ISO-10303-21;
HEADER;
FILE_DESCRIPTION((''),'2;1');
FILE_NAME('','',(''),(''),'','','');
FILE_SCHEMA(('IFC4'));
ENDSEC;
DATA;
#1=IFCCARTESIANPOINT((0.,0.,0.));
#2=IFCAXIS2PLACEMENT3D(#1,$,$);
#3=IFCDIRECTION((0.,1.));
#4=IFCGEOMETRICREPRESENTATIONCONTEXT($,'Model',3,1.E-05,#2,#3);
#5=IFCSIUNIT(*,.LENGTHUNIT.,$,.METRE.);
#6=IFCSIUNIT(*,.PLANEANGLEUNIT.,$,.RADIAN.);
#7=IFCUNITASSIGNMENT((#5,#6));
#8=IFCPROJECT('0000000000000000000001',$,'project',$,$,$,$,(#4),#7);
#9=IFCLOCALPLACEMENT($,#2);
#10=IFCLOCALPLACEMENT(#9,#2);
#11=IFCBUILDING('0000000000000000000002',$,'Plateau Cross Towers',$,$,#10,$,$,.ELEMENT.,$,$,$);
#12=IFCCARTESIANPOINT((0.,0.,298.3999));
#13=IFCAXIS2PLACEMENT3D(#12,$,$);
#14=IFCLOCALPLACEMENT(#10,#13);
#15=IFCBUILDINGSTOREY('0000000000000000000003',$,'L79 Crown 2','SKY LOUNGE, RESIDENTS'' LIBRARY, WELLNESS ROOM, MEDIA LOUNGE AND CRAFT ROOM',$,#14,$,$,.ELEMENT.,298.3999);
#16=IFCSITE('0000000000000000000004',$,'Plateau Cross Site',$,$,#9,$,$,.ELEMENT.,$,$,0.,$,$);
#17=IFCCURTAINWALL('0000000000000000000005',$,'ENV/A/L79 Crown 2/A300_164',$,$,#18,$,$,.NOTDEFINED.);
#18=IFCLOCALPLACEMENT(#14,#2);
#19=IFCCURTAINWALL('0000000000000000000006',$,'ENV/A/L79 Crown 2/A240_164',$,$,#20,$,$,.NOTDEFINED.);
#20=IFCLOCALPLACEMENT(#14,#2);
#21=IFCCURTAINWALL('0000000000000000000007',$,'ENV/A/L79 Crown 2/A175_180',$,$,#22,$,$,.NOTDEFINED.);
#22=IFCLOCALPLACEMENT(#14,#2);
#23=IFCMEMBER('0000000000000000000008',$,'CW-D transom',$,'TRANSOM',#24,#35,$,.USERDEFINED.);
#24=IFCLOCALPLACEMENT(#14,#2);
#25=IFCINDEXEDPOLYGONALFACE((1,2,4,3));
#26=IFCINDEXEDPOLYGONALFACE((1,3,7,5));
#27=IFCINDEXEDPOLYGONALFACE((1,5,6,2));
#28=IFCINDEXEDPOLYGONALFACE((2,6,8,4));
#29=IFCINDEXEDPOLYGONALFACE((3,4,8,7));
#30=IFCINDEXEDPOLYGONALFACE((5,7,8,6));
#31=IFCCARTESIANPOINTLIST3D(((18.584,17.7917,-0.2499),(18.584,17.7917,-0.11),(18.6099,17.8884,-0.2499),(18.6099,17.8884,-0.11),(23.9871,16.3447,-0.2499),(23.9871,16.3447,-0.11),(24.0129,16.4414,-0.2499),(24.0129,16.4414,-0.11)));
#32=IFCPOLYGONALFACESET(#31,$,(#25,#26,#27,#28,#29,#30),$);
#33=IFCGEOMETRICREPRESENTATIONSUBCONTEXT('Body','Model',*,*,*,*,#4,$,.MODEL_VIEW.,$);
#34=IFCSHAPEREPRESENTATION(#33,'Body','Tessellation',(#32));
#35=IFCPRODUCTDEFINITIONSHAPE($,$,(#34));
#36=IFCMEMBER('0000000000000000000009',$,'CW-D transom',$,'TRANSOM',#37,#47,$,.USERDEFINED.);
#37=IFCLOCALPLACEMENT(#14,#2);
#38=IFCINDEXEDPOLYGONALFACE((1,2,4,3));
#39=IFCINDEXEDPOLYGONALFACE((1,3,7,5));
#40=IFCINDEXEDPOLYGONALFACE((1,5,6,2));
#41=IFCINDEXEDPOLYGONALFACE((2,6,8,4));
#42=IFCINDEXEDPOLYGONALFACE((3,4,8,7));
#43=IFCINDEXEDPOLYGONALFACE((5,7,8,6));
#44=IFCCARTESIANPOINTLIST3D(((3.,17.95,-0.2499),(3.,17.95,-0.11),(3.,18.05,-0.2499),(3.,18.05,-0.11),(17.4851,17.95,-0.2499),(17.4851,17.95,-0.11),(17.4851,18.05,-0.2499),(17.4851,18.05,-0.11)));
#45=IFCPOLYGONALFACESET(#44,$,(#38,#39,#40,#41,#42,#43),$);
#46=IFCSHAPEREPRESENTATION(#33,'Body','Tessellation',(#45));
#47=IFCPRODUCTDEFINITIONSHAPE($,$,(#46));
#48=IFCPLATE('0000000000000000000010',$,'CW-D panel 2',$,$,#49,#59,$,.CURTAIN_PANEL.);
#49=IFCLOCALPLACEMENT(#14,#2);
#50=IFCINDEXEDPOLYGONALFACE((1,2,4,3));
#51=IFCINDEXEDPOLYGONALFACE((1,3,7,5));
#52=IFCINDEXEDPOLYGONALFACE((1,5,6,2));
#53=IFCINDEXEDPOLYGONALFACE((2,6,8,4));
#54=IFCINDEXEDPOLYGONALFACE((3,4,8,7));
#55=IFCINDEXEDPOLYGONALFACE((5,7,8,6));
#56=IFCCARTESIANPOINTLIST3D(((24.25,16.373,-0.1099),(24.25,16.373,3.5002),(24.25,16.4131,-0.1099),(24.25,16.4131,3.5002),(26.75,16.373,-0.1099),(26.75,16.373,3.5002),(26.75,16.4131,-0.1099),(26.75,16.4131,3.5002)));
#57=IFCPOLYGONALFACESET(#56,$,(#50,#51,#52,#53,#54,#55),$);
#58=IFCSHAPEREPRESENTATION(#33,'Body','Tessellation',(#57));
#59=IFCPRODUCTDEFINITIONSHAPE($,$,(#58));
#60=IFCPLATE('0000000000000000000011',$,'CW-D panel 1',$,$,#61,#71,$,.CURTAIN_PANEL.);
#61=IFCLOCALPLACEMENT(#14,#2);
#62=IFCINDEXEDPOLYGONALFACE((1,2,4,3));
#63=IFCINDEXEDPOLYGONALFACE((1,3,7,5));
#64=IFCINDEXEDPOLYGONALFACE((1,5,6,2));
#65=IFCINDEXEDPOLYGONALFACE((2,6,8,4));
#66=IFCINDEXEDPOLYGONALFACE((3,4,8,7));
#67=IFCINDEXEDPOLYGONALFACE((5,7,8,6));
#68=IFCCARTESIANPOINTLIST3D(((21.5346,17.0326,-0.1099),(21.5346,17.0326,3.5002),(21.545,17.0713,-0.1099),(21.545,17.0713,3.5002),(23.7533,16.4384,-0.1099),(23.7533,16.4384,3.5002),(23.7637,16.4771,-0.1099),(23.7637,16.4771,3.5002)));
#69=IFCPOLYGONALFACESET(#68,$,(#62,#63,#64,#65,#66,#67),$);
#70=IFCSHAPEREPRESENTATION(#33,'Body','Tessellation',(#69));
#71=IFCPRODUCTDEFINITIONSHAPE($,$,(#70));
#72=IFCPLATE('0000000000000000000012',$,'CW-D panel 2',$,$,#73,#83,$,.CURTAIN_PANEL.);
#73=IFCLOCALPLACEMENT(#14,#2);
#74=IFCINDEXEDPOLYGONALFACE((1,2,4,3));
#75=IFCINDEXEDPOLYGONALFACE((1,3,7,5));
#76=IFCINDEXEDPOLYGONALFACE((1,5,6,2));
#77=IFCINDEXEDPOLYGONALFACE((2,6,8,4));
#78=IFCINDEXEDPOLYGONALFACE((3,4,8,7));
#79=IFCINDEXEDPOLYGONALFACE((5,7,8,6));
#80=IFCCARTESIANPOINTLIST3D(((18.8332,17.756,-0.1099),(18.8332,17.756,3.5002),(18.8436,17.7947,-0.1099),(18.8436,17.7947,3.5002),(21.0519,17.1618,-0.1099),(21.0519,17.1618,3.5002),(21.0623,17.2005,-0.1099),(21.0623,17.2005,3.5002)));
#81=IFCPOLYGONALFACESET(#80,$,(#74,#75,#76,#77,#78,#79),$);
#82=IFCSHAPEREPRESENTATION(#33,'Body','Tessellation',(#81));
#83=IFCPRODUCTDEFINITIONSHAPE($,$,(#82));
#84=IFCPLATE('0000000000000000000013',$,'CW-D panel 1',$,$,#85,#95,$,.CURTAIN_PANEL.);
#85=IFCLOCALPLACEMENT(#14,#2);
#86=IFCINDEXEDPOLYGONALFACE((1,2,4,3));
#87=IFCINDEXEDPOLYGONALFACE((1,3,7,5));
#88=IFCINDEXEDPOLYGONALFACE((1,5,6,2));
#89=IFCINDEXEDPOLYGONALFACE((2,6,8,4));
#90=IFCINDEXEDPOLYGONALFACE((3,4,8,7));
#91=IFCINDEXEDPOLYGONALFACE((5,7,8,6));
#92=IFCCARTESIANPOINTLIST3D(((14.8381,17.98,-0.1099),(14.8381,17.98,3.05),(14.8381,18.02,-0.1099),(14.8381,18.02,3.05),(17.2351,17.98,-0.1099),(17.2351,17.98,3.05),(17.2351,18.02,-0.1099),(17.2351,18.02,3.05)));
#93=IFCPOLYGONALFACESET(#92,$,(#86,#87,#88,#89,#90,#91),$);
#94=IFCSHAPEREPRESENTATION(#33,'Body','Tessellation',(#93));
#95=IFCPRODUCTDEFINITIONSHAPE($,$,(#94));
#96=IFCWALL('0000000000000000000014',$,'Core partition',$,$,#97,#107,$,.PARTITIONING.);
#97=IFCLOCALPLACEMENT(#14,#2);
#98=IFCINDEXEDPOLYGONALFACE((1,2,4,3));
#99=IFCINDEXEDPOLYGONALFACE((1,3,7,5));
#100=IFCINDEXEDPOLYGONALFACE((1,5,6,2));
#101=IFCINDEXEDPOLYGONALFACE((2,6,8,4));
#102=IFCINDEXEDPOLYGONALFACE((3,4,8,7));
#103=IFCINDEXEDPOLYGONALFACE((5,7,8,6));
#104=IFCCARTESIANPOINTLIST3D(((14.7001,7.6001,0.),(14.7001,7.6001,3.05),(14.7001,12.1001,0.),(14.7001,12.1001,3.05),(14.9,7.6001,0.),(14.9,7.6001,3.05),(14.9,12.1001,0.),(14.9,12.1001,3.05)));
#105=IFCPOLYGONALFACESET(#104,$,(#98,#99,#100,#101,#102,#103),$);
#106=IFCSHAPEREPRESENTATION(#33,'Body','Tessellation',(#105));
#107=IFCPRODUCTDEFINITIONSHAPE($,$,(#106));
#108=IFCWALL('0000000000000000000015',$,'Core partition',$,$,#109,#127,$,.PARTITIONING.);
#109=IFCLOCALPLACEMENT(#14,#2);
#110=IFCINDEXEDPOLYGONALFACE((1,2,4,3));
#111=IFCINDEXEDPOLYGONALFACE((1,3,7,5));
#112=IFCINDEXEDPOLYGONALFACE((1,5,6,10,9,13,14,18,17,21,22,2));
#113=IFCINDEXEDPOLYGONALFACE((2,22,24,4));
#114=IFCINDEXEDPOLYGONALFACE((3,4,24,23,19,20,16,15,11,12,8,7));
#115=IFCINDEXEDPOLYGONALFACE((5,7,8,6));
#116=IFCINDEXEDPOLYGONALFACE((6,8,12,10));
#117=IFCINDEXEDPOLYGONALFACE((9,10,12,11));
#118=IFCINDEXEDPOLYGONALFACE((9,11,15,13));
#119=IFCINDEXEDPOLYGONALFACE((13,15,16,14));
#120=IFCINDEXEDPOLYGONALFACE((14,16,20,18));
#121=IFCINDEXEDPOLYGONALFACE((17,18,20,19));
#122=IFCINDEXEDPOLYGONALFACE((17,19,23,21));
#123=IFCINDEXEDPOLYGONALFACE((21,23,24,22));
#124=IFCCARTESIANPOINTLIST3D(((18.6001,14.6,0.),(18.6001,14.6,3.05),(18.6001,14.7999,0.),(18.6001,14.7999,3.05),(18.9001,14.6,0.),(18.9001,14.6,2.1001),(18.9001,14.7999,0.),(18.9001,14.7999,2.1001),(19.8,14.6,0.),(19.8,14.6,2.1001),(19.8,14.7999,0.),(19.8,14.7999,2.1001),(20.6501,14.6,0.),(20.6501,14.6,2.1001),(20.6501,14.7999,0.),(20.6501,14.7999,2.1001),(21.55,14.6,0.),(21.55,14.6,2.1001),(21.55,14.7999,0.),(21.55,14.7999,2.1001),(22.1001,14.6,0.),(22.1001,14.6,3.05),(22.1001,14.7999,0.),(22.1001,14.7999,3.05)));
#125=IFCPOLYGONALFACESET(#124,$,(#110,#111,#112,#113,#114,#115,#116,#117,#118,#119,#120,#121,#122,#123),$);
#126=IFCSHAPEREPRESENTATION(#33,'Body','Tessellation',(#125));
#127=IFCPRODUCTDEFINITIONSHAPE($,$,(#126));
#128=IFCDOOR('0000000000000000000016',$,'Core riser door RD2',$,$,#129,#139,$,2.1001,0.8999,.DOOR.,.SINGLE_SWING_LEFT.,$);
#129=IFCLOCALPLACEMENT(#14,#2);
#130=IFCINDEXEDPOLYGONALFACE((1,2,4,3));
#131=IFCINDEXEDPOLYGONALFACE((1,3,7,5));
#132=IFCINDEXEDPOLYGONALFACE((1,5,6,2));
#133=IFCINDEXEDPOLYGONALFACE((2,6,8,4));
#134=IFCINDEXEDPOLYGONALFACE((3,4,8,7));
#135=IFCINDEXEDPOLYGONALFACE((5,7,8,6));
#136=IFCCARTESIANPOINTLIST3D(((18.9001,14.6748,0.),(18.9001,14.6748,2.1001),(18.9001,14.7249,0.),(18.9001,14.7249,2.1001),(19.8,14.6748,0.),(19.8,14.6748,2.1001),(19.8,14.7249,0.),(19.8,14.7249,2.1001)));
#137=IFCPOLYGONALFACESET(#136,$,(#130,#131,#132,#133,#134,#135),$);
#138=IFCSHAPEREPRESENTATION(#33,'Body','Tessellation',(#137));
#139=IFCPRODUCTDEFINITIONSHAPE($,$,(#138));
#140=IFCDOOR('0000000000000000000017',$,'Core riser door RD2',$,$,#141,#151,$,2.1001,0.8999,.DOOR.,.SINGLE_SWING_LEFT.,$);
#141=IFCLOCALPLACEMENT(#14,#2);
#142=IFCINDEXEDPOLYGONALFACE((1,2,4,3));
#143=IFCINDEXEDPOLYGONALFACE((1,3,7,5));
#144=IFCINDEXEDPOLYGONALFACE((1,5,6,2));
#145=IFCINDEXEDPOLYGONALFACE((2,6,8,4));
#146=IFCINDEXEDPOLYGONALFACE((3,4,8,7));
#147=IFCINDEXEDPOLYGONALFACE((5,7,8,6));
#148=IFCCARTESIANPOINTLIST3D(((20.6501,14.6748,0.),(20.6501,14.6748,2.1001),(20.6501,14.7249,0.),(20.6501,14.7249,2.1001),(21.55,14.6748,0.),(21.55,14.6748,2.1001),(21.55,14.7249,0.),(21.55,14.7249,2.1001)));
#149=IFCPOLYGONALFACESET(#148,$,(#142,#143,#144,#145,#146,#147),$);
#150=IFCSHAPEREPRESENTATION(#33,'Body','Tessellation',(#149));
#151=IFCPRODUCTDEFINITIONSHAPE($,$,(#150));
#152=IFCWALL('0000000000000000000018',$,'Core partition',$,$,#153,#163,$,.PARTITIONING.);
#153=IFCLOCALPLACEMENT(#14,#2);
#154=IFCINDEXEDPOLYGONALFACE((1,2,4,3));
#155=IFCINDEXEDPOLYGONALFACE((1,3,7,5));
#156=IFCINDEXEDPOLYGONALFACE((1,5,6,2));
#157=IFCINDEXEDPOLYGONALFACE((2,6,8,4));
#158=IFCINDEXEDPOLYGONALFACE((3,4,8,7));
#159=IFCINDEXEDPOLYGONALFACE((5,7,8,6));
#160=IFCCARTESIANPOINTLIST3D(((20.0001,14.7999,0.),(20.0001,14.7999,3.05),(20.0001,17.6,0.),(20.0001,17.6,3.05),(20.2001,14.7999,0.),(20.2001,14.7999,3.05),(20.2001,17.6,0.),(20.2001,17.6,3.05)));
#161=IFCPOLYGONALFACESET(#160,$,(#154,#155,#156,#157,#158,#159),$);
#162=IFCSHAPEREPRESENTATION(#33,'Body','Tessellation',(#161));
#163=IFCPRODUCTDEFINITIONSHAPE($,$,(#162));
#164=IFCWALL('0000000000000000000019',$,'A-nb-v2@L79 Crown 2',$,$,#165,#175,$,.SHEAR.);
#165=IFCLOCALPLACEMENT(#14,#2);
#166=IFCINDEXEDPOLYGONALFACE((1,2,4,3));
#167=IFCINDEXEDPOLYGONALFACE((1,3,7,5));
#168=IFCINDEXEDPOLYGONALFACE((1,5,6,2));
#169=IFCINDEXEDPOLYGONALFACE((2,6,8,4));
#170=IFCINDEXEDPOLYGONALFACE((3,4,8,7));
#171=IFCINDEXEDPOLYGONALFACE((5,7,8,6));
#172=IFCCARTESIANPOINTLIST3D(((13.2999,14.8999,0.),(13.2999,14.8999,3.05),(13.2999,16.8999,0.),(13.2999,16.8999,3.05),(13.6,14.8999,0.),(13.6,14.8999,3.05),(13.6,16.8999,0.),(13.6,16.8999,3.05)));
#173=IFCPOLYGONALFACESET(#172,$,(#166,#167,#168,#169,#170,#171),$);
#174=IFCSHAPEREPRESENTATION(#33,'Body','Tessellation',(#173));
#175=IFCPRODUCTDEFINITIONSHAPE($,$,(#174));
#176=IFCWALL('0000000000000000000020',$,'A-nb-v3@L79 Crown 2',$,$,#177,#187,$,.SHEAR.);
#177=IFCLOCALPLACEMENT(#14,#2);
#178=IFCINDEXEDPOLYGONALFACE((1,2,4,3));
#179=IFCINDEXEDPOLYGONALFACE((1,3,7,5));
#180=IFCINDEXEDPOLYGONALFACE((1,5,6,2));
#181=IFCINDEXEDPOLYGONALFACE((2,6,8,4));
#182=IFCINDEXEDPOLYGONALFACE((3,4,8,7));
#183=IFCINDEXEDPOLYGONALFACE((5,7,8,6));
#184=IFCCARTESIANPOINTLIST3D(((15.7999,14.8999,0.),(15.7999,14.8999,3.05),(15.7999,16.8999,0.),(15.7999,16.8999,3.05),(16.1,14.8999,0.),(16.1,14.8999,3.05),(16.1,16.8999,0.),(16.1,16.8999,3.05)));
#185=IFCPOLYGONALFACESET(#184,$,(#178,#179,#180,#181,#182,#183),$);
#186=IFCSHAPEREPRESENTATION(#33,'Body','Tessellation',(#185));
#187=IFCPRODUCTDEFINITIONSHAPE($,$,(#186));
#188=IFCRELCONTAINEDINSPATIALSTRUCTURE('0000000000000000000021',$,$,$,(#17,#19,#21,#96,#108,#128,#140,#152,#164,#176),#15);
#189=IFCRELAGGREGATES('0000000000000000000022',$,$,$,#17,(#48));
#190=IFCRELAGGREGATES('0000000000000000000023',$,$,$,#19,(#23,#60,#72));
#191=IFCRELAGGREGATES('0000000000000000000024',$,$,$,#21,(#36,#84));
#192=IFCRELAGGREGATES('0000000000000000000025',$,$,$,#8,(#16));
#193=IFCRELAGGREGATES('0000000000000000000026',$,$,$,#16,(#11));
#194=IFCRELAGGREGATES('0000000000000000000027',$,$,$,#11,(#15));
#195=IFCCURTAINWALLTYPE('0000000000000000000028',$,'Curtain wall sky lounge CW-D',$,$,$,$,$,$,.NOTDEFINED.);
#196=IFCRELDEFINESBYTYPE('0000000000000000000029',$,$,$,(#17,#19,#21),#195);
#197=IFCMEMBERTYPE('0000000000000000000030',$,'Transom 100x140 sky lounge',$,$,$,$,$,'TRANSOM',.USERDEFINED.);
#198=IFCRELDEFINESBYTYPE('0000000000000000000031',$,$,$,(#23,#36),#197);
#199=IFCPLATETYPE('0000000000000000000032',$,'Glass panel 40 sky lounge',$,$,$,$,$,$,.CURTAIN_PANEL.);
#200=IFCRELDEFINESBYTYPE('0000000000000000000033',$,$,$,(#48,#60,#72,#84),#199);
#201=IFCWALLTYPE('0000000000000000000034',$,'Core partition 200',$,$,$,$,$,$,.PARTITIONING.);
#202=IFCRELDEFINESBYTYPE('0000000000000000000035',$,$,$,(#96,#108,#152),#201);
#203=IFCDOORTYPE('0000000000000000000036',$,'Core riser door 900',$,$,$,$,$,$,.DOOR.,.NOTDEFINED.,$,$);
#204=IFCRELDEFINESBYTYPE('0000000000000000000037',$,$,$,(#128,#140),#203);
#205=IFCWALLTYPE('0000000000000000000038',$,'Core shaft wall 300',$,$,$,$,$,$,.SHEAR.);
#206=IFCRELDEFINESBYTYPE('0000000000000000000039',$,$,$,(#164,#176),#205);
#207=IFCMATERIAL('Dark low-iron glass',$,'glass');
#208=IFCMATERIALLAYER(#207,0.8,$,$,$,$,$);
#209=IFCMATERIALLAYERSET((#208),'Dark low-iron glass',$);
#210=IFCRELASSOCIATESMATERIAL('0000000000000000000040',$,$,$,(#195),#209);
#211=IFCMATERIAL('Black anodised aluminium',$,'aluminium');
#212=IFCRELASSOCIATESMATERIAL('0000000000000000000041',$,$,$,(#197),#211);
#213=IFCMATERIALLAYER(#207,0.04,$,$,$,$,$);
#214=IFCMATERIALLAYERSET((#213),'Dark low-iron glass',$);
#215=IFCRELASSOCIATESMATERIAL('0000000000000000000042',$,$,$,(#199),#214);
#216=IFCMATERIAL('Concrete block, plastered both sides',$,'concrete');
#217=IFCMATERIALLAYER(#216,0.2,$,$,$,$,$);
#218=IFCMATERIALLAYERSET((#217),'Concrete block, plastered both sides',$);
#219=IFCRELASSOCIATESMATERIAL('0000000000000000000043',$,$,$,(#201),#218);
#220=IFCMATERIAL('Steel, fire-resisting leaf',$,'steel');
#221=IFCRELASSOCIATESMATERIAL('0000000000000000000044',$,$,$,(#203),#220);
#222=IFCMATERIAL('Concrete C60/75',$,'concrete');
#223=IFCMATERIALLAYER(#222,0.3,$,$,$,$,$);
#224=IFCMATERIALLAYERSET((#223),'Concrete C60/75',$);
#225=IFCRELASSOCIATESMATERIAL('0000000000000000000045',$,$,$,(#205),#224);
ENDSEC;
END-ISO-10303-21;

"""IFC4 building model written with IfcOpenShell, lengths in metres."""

from ifc_helpers import new_model, si_unit, direction, frame, frame_2d, origin, origin_2d, place, context, subcontext, project, spatial, rectangle, extrude, material, layer, layer_set, material_profile, profile_set, type_object, element, fill, aggregate, save


model = new_model("IFC4")

# Units and contexts
model_context = context("Model", 3, precision=1e-05, world=origin(), true_north=direction((0.0, 1.0)))
body_context = subcontext(model_context, "Body", "Model", "MODEL_VIEW")
ifc_project = project(units=[si_unit("LENGTHUNIT", "METRE"), si_unit("PLANEANGLEUNIT", "RADIAN")], contexts=[model_context])

# Site, building, storey
site_placement = place(None, origin())
site = spatial("IfcSite", under=ifc_project, at=site_placement, Name="Plateau Cross Site", CompositionType="ELEMENT", RefElevation=0.0)
building_placement = place(site_placement, origin())
building = spatial("IfcBuilding", under=site, at=building_placement, Name="Plateau Cross Towers", CompositionType="ELEMENT")
storey_placement = place(building_placement, frame((0.0, 0.0, 298.3999)))
storey = spatial("IfcBuildingStorey", under=building, at=storey_placement, Name="L79 Crown 2", Description="SKY LOUNGE, RESIDENTS' LIBRARY, WELLNESS ROOM, MEDIA LOUNGE AND CRAFT ROOM", CompositionType="ELEMENT", Elevation=298.3999)

# Shared definitions
ifc_material_1 = material(Name="Concrete C60/75", Category="concrete")

# Curtain wall
ifc_material_2 = material(Name="Dark low-iron glass", Category="glass")
ifc_layer_1 = layer(ifc_material_2, 0.8)
ifc_layer_set_1 = layer_set([ifc_layer_1], Name="Dark low-iron glass")
curtain_wall_type = type_object("IfcCurtainWallType", Name="Curtain wall sky lounge CW-D", PredefinedType="NOTDEFINED", material=ifc_layer_set_1)
curtain_wall_1_placement = place(storey_placement, origin())
curtain_wall_1 = element("IfcCurtainWall", 1, at=curtain_wall_1_placement, inside=storey, type_object=curtain_wall_type, Name="ENV/A/L79 Crown 2/A300_164", PredefinedType="NOTDEFINED")
ifc_material_3 = material(Name="Black anodised aluminium", Category="aluminium")

# Curtain walls
curtain_wall_2_placement = place(storey_placement, origin())
curtain_wall_2 = element("IfcCurtainWall", 2, at=curtain_wall_2_placement, inside=storey, type_object=curtain_wall_type, Name="ENV/A/L79 Crown 2/A240_164", PredefinedType="NOTDEFINED")
curtain_wall_3_placement = place(storey_placement, origin())
curtain_wall_3 = element("IfcCurtainWall", 3, at=curtain_wall_3_placement, inside=storey, type_object=curtain_wall_type, Name="ENV/A/L79 Crown 2/A175_180", PredefinedType="NOTDEFINED")

# Members
ifc_material_profile_1 = material_profile(ifc_material_3, rectangle(XDim=0.1001, YDim=0.1399, at=origin_2d()), Name="TRANSOM 100x140")
ifc_profile_set_1 = profile_set([ifc_material_profile_1], Name="Black anodised aluminium")
member_type_1 = type_object("IfcMemberType", Name="Transom 100x140 sky lounge", ElementType="TRANSOM", PredefinedType="USERDEFINED", material=ifc_profile_set_1)
member_1_placement = place(storey_placement, frame((24.0, 16.3931, -0.1799), z_axis=(-0.965958, 0.258698, 0.0), x_axis=(-0.258698, -0.965958, 0.0)))
member_1 = element("IfcMember", 4, at=member_1_placement, type_object=member_type_1, Name="CW-D transom", ObjectType="TRANSOM", PredefinedType="USERDEFINED", context=body_context, shape_type="SweptSolid", body=[
    extrude(rectangle(XDim=0.1001, YDim=0.1399, at=origin_2d()), origin(), (0.0, 0.0, 1.0), 5.5935),
])
member_2_placement = place(storey_placement, frame((17.4851, 18.0, -0.1799), z_axis=(-1.0, 0.0, 0.0), x_axis=(0.0, -1.0, 0.0)))
member_2 = element("IfcMember", 5, at=member_2_placement, type_object=member_type_1, Name="CW-D transom", ObjectType="TRANSOM", PredefinedType="USERDEFINED", context=body_context, shape_type="SweptSolid", body=[
    extrude(rectangle(XDim=0.1001, YDim=0.1399, at=origin_2d()), origin(), (0.0, 0.0, 1.0), 14.4851),
])

# Plates
ifc_layer_2 = layer(ifc_material_2, 0.04)
ifc_layer_set_2 = layer_set([ifc_layer_2], Name="Dark low-iron glass")
plate_type = type_object("IfcPlateType", Name="Glass panel 40 sky lounge", PredefinedType="CURTAIN_PANEL", material=ifc_layer_set_2)
plate_1_placement = place(storey_placement, frame((25.5, 16.3931, -0.1099), z_axis=(0.0, 0.0, 1.0), x_axis=(-1.0, 0.0, 0.0)))
plate_1 = element("IfcPlate", 6, at=plate_1_placement, type_object=plate_type, Name="CW-D panel 2", PredefinedType="CURTAIN_PANEL", context=body_context, shape_type="SweptSolid", body=[
    extrude(rectangle(XDim=2.5, YDim=0.04, at=origin_2d()), origin(), (0.0, 0.0, 1.0), 3.6101),
])
aggregate(curtain_wall_1, [plate_1])
plate_2_placement = place(storey_placement, frame((22.6492, 16.7549, -0.1099), z_axis=(0.0, 0.0, 1.0), x_axis=(-0.965958, 0.258699, 0.0)))
plate_2 = element("IfcPlate", 7, at=plate_2_placement, type_object=plate_type, Name="CW-D panel 1", PredefinedType="CURTAIN_PANEL", context=body_context, shape_type="SweptSolid", body=[
    extrude(rectangle(XDim=2.2969, YDim=0.04, at=origin_2d()), origin(), (0.0, 0.0, 1.0), 3.6101),
])
plate_3_placement = place(storey_placement, frame((19.9478, 17.4783, -0.1099), z_axis=(0.0, 0.0, 1.0), x_axis=(-0.965958, 0.258699, 0.0)))
plate_3 = element("IfcPlate", 8, at=plate_3_placement, type_object=plate_type, Name="CW-D panel 2", PredefinedType="CURTAIN_PANEL", context=body_context, shape_type="SweptSolid", body=[
    extrude(rectangle(XDim=2.2969, YDim=0.04, at=origin_2d()), origin(), (0.0, 0.0, 1.0), 3.6101),
])
aggregate(curtain_wall_2, [member_1, plate_2, plate_3])
plate_4_placement = place(storey_placement, frame((16.0366, 18.0, -0.1099), z_axis=(0.0, 0.0, 1.0), x_axis=(-1.0, 0.0, 0.0)))
plate_4 = element("IfcPlate", 9, at=plate_4_placement, type_object=plate_type, Name="CW-D panel 1", PredefinedType="CURTAIN_PANEL", context=body_context, shape_type="SweptSolid", body=[
    extrude(rectangle(XDim=2.397, YDim=0.04, at=origin_2d()), origin(), (0.0, 0.0, 1.0), 3.1599),
])
aggregate(curtain_wall_3, [member_2, plate_4])

# Wall
ifc_material_4 = material(Name="Concrete block, plastered both sides", Category="concrete")
ifc_layer_3 = layer(ifc_material_4, 0.2)
ifc_layer_set_3 = layer_set([ifc_layer_3], Name="Concrete block, plastered both sides")
wall_type_1 = type_object("IfcWallType", Name="Core partition 200", PredefinedType="PARTITIONING", material=ifc_layer_set_3)
wall_1_placement = place(storey_placement, frame((14.8, 7.6001, 0.0), z_axis=(0.0, 0.0, 1.0), x_axis=(0.0, 1.0, 0.0)))
element("IfcWall", 10, at=wall_1_placement, inside=storey, type_object=wall_type_1, Name="Core partition", PredefinedType="PARTITIONING", context=body_context, shape_type="SweptSolid", body=[
    extrude(rectangle(XDim=4.5, YDim=0.2, at=frame_2d((2.25, 0.0))), origin(), (0.0, 0.0, 1.0), 3.05),
])

# Wall, openings, doors
wall_2_placement = place(storey_placement, frame((18.6001, 14.7, 0.0), z_axis=(0.0, 0.0, 1.0), x_axis=(1.0, 0.0, 0.0)))
wall_2 = element("IfcWall", 11, at=wall_2_placement, inside=storey, type_object=wall_type_1, Name="Core partition", PredefinedType="PARTITIONING", context=body_context, shape_type="SweptSolid", body=[
    extrude(rectangle(XDim=3.5, YDim=0.2, at=frame_2d((1.75, 0.0))), origin(), (0.0, 0.0, 1.0), 3.05),
])
opening_1_placement = place(wall_2_placement, frame((0.3, 0.0, 0.0)))
opening_1 = element("IfcOpeningElement", 12, at=opening_1_placement, cuts=wall_2, PredefinedType="OPENING", context=body_context, shape_type="SweptSolid", body=[
    extrude(rectangle(XDim=0.8999, YDim=2.1001, at=frame_2d((0.45, 1.05))), frame((0.0, 0.1099, 0.0), z_axis=(0.0, -1.0, 0.0), x_axis=(1.0, 0.0, 0.0)), (0.0, 0.0, 1.0), 0.22),
])
opening_2_placement = place(wall_2_placement, frame((2.05, 0.0, 0.0)))
opening_2 = element("IfcOpeningElement", 13, at=opening_2_placement, cuts=wall_2, PredefinedType="OPENING", context=body_context, shape_type="SweptSolid", body=[
    extrude(rectangle(XDim=0.8999, YDim=2.1001, at=frame_2d((0.45, 1.05))), frame((0.0, 0.1099, 0.0), z_axis=(0.0, -1.0, 0.0), x_axis=(1.0, 0.0, 0.0)), (0.0, 0.0, 1.0), 0.22),
])
ifc_material_5 = material(Name="Steel, fire-resisting leaf", Category="steel")
door_type_1 = type_object("IfcDoorType", Name="Core riser door 900", OperationType="NOTDEFINED", PredefinedType="DOOR", material=ifc_material_5)
door_1_placement = place(opening_1_placement, origin())
door_1 = element("IfcDoor", 14, at=door_1_placement, inside=storey, type_object=door_type_1, Name="Core riser door RD2", OperationType="SINGLE_SWING_LEFT", OverallHeight=2.1001, OverallWidth=0.8999, PredefinedType="DOOR", context=body_context, shape_type="SweptSolid", body=[
    extrude(rectangle(XDim=0.8999, YDim=2.1001, at=frame_2d((0.45, 1.05))), frame((0.0, 0.0249, 0.0), z_axis=(0.0, -1.0, 0.0), x_axis=(1.0, 0.0, 0.0)), (0.0, 0.0, 1.0), 0.05),
])
fill(opening_1, door_1)
door_2_placement = place(opening_2_placement, origin())
door_2 = element("IfcDoor", 15, at=door_2_placement, inside=storey, type_object=door_type_1, Name="Core riser door RD2", OperationType="SINGLE_SWING_LEFT", OverallHeight=2.1001, OverallWidth=0.8999, PredefinedType="DOOR", context=body_context, shape_type="SweptSolid", body=[
    extrude(rectangle(XDim=0.8999, YDim=2.1001, at=frame_2d((0.45, 1.05))), frame((0.0, 0.0249, 0.0), z_axis=(0.0, -1.0, 0.0), x_axis=(1.0, 0.0, 0.0)), (0.0, 0.0, 1.0), 0.05),
])
fill(opening_2, door_2)

# Walls
wall_3_placement = place(storey_placement, frame((20.1001, 14.8, 0.0), z_axis=(0.0, 0.0, 1.0), x_axis=(0.0, 1.0, 0.0)))
element("IfcWall", 16, at=wall_3_placement, inside=storey, type_object=wall_type_1, Name="Core partition", PredefinedType="PARTITIONING", context=body_context, shape_type="SweptSolid", body=[
    extrude(rectangle(XDim=2.8, YDim=0.2, at=frame_2d((1.3999, 0.0))), origin(), (0.0, 0.0, 1.0), 3.05),
])
ifc_layer_4 = layer(ifc_material_1, 0.3)
ifc_layer_set_4 = layer_set([ifc_layer_4], Name="Concrete C60/75")
wall_type_2 = type_object("IfcWallType", Name="Core shaft wall 300", PredefinedType="SHEAR", material=ifc_layer_set_4)
for number, where, z_axis, x_axis, name in (
    (17, (13.45, 14.8999, 0.0), (0.0, 0.0, 1.0), (0.0, 1.0, 0.0), "A-nb-v2@L79 Crown 2"),
    (18, (15.95, 14.8999, 0.0), (0.0, 0.0, 1.0), (0.0, 1.0, 0.0), "A-nb-v3@L79 Crown 2"),
):
    element("IfcWall", number, at=place(storey_placement, frame(where, z_axis=z_axis, x_axis=x_axis)), inside=storey, type_object=wall_type_2, Name=name, PredefinedType="SHEAR", context=body_context, shape_type="SweptSolid", body=[
        extrude(rectangle(XDim=2.0, YDim=0.3, at=frame_2d((1.0, 0.0))), origin(), (0.0, 0.0, 1.0), 3.05),
    ])

save(model, "model.ifc")
